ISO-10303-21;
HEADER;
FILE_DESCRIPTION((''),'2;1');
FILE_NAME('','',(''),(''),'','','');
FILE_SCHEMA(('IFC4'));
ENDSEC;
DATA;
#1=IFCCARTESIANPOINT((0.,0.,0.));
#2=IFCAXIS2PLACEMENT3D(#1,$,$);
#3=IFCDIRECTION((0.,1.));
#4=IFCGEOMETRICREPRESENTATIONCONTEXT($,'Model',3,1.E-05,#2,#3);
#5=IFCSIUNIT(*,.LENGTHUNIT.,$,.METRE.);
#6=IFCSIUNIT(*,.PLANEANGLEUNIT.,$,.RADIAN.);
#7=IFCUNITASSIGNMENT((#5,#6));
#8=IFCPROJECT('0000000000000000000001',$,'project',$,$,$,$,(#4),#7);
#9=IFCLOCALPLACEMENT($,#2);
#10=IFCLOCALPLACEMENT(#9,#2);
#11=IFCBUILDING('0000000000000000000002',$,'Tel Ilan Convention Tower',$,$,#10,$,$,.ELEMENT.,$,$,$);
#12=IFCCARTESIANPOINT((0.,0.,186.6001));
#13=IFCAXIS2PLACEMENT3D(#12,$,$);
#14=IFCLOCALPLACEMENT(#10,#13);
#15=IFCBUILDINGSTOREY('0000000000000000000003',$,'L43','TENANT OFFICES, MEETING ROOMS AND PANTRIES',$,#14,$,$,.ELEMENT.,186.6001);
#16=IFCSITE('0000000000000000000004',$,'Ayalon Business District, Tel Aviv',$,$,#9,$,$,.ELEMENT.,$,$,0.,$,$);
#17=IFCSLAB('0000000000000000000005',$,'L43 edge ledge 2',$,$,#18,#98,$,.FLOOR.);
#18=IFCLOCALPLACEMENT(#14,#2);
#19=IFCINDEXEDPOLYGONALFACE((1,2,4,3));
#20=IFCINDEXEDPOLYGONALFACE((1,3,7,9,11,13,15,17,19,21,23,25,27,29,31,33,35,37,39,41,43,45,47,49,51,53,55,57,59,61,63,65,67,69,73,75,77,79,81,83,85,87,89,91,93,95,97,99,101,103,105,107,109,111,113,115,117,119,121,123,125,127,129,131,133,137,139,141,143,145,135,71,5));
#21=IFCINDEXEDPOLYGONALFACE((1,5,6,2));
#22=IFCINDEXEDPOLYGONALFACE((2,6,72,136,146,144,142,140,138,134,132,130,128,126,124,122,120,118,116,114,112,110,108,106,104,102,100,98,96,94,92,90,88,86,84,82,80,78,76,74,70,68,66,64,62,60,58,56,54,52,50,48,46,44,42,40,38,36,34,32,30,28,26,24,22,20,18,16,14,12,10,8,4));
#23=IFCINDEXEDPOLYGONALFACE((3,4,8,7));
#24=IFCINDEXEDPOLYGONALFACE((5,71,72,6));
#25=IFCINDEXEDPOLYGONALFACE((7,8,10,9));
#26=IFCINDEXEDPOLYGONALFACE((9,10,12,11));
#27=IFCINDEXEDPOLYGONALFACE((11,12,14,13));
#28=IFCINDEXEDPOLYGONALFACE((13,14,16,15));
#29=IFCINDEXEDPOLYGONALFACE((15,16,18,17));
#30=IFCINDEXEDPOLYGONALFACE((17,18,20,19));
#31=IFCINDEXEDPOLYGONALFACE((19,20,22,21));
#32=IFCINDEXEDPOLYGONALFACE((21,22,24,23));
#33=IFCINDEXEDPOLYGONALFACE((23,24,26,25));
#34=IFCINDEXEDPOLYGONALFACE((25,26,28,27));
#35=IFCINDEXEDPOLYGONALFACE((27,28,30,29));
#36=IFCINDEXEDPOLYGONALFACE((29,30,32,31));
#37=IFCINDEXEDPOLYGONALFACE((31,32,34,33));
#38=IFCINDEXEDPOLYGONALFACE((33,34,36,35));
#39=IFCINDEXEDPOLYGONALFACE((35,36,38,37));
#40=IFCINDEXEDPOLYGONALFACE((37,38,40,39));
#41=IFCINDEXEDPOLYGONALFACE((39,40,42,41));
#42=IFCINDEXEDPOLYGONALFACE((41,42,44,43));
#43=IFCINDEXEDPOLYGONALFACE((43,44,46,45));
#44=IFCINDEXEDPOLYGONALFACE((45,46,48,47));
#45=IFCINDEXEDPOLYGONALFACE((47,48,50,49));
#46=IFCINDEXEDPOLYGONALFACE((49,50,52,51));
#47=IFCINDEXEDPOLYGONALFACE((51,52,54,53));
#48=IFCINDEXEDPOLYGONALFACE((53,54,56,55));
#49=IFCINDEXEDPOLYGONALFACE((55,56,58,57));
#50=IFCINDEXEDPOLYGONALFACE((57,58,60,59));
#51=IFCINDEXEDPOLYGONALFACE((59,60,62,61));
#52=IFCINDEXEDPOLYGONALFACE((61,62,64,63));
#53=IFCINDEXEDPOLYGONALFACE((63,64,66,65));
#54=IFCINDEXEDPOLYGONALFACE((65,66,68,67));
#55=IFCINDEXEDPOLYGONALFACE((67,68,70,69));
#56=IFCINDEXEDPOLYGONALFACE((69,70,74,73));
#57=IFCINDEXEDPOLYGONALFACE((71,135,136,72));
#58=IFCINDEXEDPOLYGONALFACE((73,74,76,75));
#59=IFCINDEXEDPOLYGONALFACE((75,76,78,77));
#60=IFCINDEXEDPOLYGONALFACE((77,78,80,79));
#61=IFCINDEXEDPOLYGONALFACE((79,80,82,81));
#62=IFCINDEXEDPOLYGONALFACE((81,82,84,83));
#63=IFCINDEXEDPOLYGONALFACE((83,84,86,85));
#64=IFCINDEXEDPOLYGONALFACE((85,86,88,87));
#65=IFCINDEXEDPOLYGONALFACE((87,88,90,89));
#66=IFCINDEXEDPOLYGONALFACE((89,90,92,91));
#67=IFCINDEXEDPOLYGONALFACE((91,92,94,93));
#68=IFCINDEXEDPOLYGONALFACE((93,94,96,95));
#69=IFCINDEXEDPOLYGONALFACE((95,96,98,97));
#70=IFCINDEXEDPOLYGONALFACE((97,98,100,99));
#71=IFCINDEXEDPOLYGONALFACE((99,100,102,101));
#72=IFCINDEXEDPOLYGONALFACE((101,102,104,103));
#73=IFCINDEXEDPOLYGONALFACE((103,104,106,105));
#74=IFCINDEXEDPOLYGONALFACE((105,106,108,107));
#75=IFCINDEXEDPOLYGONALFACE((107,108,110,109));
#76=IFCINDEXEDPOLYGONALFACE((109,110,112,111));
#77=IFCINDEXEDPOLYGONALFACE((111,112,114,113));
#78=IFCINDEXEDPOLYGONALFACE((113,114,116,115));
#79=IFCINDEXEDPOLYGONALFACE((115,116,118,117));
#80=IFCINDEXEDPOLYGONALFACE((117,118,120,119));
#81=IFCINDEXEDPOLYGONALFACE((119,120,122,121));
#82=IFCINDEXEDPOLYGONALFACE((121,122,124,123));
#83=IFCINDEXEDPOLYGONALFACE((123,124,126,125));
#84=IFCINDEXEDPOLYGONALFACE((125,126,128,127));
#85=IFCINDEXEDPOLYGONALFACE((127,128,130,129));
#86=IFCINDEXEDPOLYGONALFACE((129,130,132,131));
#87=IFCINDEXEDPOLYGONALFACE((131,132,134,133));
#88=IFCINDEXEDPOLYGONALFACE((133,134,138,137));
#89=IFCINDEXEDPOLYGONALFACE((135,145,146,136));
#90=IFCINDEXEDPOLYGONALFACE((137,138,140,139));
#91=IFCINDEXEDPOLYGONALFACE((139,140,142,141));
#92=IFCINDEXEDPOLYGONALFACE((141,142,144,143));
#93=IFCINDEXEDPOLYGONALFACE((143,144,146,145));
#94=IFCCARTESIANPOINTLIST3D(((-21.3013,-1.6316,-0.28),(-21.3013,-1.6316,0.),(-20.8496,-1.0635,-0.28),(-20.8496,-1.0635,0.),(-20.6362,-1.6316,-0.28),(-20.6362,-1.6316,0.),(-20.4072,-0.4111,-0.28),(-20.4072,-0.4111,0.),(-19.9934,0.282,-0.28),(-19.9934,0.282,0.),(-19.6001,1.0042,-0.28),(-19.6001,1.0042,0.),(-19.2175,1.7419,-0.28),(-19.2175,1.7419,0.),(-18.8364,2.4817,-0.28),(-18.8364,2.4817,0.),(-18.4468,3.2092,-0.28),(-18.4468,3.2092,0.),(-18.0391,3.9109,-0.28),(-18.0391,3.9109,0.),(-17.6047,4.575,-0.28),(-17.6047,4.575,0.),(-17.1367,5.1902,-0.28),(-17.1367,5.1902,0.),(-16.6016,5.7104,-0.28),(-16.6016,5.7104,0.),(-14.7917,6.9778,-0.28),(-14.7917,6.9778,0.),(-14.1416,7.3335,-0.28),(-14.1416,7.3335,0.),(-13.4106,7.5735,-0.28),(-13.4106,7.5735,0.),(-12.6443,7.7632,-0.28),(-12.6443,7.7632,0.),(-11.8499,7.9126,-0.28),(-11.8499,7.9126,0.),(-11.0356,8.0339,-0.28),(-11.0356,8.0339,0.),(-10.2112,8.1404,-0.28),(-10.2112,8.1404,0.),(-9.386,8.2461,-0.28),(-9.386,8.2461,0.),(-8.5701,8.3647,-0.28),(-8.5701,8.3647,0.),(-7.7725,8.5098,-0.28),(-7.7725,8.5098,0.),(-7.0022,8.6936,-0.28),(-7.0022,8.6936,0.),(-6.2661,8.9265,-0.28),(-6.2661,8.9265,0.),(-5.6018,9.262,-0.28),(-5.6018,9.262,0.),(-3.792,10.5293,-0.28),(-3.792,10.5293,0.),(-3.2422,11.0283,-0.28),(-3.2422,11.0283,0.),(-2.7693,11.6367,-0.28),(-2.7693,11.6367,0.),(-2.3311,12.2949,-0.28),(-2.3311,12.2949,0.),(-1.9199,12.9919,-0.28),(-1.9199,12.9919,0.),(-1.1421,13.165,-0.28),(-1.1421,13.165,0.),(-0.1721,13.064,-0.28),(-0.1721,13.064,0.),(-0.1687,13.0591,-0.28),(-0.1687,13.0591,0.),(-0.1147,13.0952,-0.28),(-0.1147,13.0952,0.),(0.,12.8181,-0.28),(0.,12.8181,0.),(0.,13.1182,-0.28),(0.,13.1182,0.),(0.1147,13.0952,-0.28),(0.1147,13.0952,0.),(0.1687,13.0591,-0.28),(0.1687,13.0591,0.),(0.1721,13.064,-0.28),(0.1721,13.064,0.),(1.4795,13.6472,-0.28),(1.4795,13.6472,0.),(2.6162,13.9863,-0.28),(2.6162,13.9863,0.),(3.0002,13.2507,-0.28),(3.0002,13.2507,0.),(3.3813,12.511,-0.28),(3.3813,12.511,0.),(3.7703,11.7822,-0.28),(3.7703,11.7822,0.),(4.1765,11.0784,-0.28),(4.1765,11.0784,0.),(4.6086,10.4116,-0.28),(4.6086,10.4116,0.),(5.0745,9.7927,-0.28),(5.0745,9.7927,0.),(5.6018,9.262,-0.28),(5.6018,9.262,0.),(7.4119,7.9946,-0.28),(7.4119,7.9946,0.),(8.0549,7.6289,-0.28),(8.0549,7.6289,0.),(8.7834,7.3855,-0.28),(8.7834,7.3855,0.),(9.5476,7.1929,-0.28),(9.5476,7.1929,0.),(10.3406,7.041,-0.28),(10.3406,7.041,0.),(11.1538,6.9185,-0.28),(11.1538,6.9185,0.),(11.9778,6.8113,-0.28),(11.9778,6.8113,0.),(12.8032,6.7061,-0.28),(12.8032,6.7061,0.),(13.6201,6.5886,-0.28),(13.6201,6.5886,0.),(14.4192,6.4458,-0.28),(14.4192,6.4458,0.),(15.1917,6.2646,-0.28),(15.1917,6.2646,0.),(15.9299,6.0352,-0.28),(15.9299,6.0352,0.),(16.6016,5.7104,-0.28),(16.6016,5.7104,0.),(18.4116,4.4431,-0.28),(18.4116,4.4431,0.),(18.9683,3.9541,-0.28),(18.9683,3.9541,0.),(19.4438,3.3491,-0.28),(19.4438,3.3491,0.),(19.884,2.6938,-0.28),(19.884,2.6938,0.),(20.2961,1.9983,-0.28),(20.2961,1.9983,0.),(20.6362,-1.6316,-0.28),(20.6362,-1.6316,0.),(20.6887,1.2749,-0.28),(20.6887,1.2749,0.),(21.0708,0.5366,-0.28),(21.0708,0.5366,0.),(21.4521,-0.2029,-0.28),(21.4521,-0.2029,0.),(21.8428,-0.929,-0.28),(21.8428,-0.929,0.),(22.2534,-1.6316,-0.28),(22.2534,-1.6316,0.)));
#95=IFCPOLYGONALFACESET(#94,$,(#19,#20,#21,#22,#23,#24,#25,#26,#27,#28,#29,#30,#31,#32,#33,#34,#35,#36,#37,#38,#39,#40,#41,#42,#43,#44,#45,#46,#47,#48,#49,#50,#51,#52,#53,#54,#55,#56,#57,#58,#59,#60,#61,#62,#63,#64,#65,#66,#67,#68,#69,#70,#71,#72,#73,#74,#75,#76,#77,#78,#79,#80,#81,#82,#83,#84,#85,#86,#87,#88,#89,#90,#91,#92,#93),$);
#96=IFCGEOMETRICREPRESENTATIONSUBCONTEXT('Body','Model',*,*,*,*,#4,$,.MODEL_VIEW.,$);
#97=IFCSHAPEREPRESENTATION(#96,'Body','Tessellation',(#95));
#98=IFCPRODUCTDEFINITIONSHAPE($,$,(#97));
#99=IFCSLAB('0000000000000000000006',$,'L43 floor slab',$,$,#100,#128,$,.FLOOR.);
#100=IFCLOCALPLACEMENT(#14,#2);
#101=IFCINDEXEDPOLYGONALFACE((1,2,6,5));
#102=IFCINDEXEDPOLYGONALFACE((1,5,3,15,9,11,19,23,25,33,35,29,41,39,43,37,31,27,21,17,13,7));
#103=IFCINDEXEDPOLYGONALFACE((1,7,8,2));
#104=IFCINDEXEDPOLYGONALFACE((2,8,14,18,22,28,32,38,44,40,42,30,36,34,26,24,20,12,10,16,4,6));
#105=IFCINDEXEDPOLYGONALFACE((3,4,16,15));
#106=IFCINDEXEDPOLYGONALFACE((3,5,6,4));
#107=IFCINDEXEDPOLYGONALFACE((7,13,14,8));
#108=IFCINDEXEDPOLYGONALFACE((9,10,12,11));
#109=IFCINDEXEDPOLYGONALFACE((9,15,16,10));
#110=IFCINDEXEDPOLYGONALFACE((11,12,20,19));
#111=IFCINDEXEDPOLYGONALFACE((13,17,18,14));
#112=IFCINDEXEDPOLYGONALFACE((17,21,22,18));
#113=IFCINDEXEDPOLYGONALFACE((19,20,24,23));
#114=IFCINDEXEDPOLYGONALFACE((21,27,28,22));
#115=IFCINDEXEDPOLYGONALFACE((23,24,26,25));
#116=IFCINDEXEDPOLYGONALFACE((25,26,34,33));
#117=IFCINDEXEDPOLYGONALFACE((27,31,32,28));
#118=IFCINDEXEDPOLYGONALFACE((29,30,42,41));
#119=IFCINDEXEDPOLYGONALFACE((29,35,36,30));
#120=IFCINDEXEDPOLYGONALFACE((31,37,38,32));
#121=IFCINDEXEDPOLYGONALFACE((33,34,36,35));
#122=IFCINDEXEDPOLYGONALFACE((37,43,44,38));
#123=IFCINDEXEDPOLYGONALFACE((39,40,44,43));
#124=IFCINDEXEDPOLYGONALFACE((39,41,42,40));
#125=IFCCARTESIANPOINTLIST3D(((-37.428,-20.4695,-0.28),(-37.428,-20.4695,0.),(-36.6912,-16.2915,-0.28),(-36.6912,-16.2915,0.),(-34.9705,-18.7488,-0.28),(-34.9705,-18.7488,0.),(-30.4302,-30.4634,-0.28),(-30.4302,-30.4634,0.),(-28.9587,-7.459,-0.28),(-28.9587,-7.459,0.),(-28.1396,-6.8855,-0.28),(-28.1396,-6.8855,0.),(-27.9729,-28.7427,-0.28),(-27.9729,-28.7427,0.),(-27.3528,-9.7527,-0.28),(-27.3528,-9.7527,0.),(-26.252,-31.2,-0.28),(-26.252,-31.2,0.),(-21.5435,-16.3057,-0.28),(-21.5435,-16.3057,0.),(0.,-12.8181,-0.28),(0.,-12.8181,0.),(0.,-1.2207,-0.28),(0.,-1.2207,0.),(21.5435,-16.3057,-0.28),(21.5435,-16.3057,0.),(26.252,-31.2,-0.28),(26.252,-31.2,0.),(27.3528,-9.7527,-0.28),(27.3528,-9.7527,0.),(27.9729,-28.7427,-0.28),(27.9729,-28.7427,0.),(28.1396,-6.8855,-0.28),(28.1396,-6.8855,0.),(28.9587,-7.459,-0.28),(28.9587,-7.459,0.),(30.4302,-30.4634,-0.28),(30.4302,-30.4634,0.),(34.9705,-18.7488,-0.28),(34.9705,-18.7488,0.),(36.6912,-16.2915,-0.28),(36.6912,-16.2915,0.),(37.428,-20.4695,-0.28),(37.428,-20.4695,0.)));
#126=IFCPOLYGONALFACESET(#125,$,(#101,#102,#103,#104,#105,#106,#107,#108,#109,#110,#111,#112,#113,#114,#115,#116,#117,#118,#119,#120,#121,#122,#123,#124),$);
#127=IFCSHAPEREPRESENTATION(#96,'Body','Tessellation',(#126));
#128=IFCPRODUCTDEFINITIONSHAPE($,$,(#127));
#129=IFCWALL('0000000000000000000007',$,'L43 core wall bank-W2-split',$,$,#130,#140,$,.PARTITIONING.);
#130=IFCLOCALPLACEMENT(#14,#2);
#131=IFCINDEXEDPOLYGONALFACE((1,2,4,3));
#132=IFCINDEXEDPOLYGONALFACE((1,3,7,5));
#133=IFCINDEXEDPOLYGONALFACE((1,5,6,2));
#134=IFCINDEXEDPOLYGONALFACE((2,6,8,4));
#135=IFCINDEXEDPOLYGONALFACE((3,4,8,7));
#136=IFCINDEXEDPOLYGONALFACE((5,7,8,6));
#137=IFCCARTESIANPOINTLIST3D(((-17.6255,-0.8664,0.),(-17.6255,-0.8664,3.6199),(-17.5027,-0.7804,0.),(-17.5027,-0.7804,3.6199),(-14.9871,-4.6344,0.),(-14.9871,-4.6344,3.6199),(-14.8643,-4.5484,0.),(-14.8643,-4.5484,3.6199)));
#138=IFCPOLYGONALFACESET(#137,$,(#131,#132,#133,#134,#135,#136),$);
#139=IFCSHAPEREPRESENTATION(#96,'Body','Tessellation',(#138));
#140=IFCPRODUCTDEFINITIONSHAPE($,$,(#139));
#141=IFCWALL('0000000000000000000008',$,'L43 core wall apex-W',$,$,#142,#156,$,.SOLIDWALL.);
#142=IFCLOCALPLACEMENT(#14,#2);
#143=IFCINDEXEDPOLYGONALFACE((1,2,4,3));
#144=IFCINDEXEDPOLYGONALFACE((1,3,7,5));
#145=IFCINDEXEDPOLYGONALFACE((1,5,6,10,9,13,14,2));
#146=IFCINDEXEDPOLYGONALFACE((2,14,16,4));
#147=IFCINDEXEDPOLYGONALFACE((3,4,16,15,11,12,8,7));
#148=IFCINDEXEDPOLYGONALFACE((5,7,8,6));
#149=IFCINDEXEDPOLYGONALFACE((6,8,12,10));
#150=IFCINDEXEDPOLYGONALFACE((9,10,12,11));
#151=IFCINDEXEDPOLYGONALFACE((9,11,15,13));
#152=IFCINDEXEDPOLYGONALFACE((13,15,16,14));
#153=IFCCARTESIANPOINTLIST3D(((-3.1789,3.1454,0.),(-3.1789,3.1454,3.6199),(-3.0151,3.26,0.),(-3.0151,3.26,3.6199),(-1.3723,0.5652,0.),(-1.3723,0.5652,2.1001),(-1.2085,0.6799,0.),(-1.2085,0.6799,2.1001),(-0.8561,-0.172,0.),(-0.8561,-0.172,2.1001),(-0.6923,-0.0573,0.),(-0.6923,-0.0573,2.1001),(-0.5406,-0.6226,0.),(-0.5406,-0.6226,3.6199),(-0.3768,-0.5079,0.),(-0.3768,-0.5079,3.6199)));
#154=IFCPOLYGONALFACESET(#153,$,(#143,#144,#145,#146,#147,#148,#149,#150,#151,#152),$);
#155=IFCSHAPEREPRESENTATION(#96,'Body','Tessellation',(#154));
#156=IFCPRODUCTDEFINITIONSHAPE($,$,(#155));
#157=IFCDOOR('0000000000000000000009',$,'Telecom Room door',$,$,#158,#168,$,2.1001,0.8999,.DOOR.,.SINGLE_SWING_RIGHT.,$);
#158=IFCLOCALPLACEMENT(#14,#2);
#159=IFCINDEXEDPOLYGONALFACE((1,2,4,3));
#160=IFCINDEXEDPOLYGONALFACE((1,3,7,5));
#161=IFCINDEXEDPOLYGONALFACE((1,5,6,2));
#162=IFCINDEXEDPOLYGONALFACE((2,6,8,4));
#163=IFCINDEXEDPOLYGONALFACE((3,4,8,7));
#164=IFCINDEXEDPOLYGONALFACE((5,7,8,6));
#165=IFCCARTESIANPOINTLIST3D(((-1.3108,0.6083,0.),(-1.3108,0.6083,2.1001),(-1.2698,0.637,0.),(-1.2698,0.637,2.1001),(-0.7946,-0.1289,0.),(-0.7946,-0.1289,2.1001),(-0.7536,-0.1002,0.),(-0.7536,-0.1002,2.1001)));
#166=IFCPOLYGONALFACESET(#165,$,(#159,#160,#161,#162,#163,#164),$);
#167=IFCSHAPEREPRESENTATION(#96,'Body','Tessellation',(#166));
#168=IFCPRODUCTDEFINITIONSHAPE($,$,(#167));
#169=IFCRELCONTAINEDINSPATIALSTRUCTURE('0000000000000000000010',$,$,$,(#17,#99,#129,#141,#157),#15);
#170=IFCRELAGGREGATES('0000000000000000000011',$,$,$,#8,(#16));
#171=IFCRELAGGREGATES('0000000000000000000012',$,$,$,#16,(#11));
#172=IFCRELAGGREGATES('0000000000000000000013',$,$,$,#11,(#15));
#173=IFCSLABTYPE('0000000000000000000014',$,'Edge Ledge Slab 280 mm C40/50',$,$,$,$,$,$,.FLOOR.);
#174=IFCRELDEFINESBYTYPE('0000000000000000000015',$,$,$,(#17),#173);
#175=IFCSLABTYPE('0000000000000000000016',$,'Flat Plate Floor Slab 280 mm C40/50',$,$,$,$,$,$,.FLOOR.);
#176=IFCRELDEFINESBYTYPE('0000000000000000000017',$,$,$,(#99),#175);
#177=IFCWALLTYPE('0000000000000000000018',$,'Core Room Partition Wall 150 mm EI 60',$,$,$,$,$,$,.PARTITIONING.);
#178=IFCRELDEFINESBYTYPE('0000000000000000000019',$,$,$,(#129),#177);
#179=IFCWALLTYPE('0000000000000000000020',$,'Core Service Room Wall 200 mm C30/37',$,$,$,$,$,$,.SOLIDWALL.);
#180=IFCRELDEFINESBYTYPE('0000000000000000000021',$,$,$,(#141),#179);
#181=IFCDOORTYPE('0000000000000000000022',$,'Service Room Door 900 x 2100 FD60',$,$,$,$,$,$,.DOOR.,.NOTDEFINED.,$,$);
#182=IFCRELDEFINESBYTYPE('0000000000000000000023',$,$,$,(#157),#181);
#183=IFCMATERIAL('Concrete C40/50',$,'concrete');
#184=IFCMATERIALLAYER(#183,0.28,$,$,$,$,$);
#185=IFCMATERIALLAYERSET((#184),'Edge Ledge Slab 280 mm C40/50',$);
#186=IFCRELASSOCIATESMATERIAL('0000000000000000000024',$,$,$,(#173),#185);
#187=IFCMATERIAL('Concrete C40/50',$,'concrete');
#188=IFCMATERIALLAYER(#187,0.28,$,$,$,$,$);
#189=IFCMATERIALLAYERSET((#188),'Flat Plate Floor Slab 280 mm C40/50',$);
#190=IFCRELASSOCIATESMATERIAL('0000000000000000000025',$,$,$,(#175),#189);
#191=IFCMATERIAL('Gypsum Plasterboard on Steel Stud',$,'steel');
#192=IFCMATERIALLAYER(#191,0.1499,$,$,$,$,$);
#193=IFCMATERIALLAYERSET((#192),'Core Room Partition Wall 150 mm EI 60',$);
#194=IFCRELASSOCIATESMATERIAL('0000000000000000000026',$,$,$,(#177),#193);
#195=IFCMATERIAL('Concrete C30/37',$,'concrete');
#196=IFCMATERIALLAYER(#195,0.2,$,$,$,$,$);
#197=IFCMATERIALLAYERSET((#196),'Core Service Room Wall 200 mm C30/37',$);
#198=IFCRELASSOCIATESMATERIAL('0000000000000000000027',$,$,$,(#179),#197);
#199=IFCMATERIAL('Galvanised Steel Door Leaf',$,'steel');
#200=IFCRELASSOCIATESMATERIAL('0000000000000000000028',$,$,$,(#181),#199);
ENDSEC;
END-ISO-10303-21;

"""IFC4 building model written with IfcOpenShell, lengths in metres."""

from ifc_helpers import new_model, si_unit, direction, frame, frame_2d, origin, place, context, subcontext, project, spatial, polyline, rectangle, outline, extrude, material, layer, layer_set, type_object, element, fill, save


model = new_model("IFC4")

# Units and contexts
model_context = context("Model", 3, precision=1e-05, world=origin(), true_north=direction((0.0, 1.0)))
body_context = subcontext(model_context, "Body", "Model", "MODEL_VIEW")
ifc_project = project(units=[si_unit("LENGTHUNIT", "METRE"), si_unit("PLANEANGLEUNIT", "RADIAN")], contexts=[model_context])

# Site, building, storey
site_placement = place(None, origin())
site = spatial("IfcSite", under=ifc_project, at=site_placement, Name="Ayalon Business District, Tel Aviv", CompositionType="ELEMENT", RefElevation=0.0)
building_placement = place(site_placement, origin())
building = spatial("IfcBuilding", under=site, at=building_placement, Name="Tel Ilan Convention Tower", CompositionType="ELEMENT")
storey_placement = place(building_placement, frame((0.0, 0.0, 186.6001)))
storey = spatial("IfcBuildingStorey", under=building, at=storey_placement, Name="L43", Description="TENANT OFFICES, MEETING ROOMS AND PANTRIES", CompositionType="ELEMENT", Elevation=186.6001)

# Slabs
ifc_material_1 = material(Name="Concrete C40/50", Category="concrete")
ifc_layer_1 = layer(ifc_material_1, 0.28)
ifc_layer_set_1 = layer_set([ifc_layer_1], Name="Edge Ledge Slab 280 mm C40/50")
slab_type_1 = type_object("IfcSlabType", Name="Edge Ledge Slab 280 mm C40/50", PredefinedType="FLOOR", material=ifc_layer_set_1)
slab_1_placement = place(storey_placement, frame((0.0, 0.0, -0.28)))
element("IfcSlab", 1, at=slab_1_placement, inside=storey, type_object=slab_type_1, Name="L43 edge ledge 2", PredefinedType="FLOOR", context=body_context, shape_type="SweptSolid", body=[
    extrude(outline(polyline([(-19.6001, 1.0042), (-19.2175, 1.7419), (-18.8364, 2.4817), (-18.4468, 3.2092), (-18.0391, 3.9109), (-17.6047, 4.575), (-17.1367, 5.1902), (-16.6016, 5.7104), (-14.7917, 6.9778), (-14.1416, 7.3335), (-13.4106, 7.5735), (-12.6443, 7.7632), (-11.8499, 7.9126), (-11.0356, 8.0339), (-10.2112, 8.1404), (-9.386, 8.2461), (-8.5701, 8.3647), (-7.7725, 8.5098), (-7.0022, 8.6936), (-6.2661, 8.9265), (-5.6018, 9.262), (-3.792, 10.5293), (-3.2422, 11.0283), (-2.7693, 11.6367), (-2.3311, 12.2949), (-1.9199, 12.9919), (-1.1421, 13.165), (-0.1721, 13.064), (-0.1687, 13.0591), (-0.1147, 13.0952), (0.0, 13.1182), (0.1147, 13.0952), (0.1687, 13.0591), (0.1721, 13.064), (1.4795, 13.6472), (2.6162, 13.9863), (3.0002, 13.2507), (3.3813, 12.511), (3.7703, 11.7822), (4.1765, 11.0784), (4.6086, 10.4116), (5.0745, 9.7927), (5.6018, 9.262), (7.4119, 7.9946), (8.0549, 7.6289), (8.7834, 7.3855), (9.5476, 7.1929), (10.3406, 7.041), (11.1538, 6.9185), (11.9778, 6.8113), (12.8032, 6.7061), (13.6201, 6.5886), (14.4192, 6.4458), (15.1917, 6.2646), (15.9299, 6.0352), (16.6016, 5.7104), (18.4116, 4.4431), (18.9683, 3.9541), (19.4438, 3.3491), (19.884, 2.6938), (20.2961, 1.9983), (20.6887, 1.2749), (21.0708, 0.5366), (21.4521, -0.2029), (21.8428, -0.929), (22.2534, -1.6316), (20.6362, -1.6316), (0.0, 12.8181), (-20.6362, -1.6316), (-21.3013, -1.6316), (-20.8496, -1.0635), (-20.4072, -0.4111), (-19.9934, 0.282), (-19.6001, 1.0042)])), origin(), (0.0, 0.0, 1.0), 0.28),
])
ifc_material_2 = material(Name="Concrete C40/50", Category="concrete")
ifc_layer_2 = layer(ifc_material_2, 0.28)
ifc_layer_set_2 = layer_set([ifc_layer_2], Name="Flat Plate Floor Slab 280 mm C40/50")
slab_type_2 = type_object("IfcSlabType", Name="Flat Plate Floor Slab 280 mm C40/50", PredefinedType="FLOOR", material=ifc_layer_set_2)
slab_2_placement = place(storey_placement, frame((0.0, 0.0, -0.28)))
element("IfcSlab", 2, at=slab_2_placement, inside=storey, type_object=slab_type_2, Name="L43 floor slab", PredefinedType="FLOOR", context=body_context, shape_type="SweptSolid", body=[
    extrude(outline(polyline([(21.5435, -16.3057), (28.1396, -6.8855), (28.9587, -7.459), (27.3528, -9.7527), (36.6912, -16.2915), (34.9705, -18.7488), (37.428, -20.4695), (30.4302, -30.4634), (27.9729, -28.7427), (26.252, -31.2), (0.0, -12.8181), (-26.252, -31.2), (-27.9729, -28.7427), (-30.4302, -30.4634), (-37.428, -20.4695), (-34.9705, -18.7488), (-36.6912, -16.2915), (-27.3528, -9.7527), (-28.9587, -7.459), (-28.1396, -6.8855), (-21.5435, -16.3057), (0.0, -1.2207), (21.5435, -16.3057)])), origin(), (0.0, 0.0, 1.0), 0.28),
])

# Wall
ifc_material_3 = material(Name="Gypsum Plasterboard on Steel Stud", Category="steel")
ifc_layer_3 = layer(ifc_material_3, 0.1499)
ifc_layer_set_3 = layer_set([ifc_layer_3], Name="Core Room Partition Wall 150 mm EI 60")
wall_type_1 = type_object("IfcWallType", Name="Core Room Partition Wall 150 mm EI 60", PredefinedType="PARTITIONING", material=ifc_layer_set_3)
wall_1_placement = place(storey_placement, frame((-14.9258, -4.5913, 0.0), z_axis=(0.0, 0.0, 1.0), x_axis=(-0.573576, 0.819152, 0.0)))
element("IfcWall", 3, at=wall_1_placement, inside=storey, type_object=wall_type_1, Name="L43 core wall bank-W2-split", PredefinedType="PARTITIONING", context=body_context, shape_type="SweptSolid", body=[
    extrude(rectangle(XDim=4.5999, YDim=0.1499, at=frame_2d((2.2998, 0.0))), origin(), (0.0, 0.0, 1.0), 3.6199),
])

# Wall, opening, door
ifc_material_4 = material(Name="Concrete C30/37", Category="concrete")
ifc_layer_4 = layer(ifc_material_4, 0.2)
ifc_layer_set_4 = layer_set([ifc_layer_4], Name="Core Service Room Wall 200 mm C30/37")
wall_type_2 = type_object("IfcWallType", Name="Core Service Room Wall 200 mm C30/37", PredefinedType="SOLIDWALL", material=ifc_layer_set_4)
wall_2_placement = place(storey_placement, frame((-0.4587, -0.5652, 0.0), z_axis=(0.0, 0.0, 1.0), x_axis=(-0.573576, 0.819152, 0.0)))
wall_2 = element("IfcWall", 4, at=wall_2_placement, inside=storey, type_object=wall_type_2, Name="L43 core wall apex-W", PredefinedType="SOLIDWALL", context=body_context, shape_type="SweptSolid", body=[
    extrude(rectangle(XDim=4.5999, YDim=0.2, at=frame_2d((2.2998, 0.0))), origin(), (0.0, 0.0, 1.0), 3.6199),
])
opening_1_placement = place(wall_2_placement, frame((0.55, 0.0, 0.0)))
opening_1 = element("IfcOpeningElement", 5, at=opening_1_placement, cuts=wall_2, PredefinedType="OPENING", context=body_context, shape_type="SweptSolid", body=[
    extrude(rectangle(XDim=0.8999, YDim=2.1001, at=frame_2d((0.45, 1.05))), frame((0.0, 0.1099, 0.0), z_axis=(0.0, -1.0, 0.0), x_axis=(1.0, 0.0, 0.0)), (0.0, 0.0, 1.0), 0.22),
])
ifc_material_5 = material(Name="Galvanised Steel Door Leaf", Category="steel")
door_type_1 = type_object("IfcDoorType", Name="Service Room Door 900 x 2100 FD60", OperationType="NOTDEFINED", PredefinedType="DOOR", material=ifc_material_5)
door_1_placement = place(opening_1_placement, origin())
door_1 = element("IfcDoor", 6, at=door_1_placement, inside=storey, type_object=door_type_1, Name="Telecom Room door", OperationType="SINGLE_SWING_RIGHT", OverallHeight=2.1001, OverallWidth=0.8999, PredefinedType="DOOR", context=body_context, shape_type="SweptSolid", body=[
    extrude(rectangle(XDim=0.8999, YDim=2.1001, at=frame_2d((0.45, 1.05))), frame((0.0, 0.0249, 0.0), z_axis=(0.0, -1.0, 0.0), x_axis=(1.0, 0.0, 0.0)), (0.0, 0.0, 1.0), 0.05),
])
fill(opening_1, door_1)

save(model, "model.ifc")
